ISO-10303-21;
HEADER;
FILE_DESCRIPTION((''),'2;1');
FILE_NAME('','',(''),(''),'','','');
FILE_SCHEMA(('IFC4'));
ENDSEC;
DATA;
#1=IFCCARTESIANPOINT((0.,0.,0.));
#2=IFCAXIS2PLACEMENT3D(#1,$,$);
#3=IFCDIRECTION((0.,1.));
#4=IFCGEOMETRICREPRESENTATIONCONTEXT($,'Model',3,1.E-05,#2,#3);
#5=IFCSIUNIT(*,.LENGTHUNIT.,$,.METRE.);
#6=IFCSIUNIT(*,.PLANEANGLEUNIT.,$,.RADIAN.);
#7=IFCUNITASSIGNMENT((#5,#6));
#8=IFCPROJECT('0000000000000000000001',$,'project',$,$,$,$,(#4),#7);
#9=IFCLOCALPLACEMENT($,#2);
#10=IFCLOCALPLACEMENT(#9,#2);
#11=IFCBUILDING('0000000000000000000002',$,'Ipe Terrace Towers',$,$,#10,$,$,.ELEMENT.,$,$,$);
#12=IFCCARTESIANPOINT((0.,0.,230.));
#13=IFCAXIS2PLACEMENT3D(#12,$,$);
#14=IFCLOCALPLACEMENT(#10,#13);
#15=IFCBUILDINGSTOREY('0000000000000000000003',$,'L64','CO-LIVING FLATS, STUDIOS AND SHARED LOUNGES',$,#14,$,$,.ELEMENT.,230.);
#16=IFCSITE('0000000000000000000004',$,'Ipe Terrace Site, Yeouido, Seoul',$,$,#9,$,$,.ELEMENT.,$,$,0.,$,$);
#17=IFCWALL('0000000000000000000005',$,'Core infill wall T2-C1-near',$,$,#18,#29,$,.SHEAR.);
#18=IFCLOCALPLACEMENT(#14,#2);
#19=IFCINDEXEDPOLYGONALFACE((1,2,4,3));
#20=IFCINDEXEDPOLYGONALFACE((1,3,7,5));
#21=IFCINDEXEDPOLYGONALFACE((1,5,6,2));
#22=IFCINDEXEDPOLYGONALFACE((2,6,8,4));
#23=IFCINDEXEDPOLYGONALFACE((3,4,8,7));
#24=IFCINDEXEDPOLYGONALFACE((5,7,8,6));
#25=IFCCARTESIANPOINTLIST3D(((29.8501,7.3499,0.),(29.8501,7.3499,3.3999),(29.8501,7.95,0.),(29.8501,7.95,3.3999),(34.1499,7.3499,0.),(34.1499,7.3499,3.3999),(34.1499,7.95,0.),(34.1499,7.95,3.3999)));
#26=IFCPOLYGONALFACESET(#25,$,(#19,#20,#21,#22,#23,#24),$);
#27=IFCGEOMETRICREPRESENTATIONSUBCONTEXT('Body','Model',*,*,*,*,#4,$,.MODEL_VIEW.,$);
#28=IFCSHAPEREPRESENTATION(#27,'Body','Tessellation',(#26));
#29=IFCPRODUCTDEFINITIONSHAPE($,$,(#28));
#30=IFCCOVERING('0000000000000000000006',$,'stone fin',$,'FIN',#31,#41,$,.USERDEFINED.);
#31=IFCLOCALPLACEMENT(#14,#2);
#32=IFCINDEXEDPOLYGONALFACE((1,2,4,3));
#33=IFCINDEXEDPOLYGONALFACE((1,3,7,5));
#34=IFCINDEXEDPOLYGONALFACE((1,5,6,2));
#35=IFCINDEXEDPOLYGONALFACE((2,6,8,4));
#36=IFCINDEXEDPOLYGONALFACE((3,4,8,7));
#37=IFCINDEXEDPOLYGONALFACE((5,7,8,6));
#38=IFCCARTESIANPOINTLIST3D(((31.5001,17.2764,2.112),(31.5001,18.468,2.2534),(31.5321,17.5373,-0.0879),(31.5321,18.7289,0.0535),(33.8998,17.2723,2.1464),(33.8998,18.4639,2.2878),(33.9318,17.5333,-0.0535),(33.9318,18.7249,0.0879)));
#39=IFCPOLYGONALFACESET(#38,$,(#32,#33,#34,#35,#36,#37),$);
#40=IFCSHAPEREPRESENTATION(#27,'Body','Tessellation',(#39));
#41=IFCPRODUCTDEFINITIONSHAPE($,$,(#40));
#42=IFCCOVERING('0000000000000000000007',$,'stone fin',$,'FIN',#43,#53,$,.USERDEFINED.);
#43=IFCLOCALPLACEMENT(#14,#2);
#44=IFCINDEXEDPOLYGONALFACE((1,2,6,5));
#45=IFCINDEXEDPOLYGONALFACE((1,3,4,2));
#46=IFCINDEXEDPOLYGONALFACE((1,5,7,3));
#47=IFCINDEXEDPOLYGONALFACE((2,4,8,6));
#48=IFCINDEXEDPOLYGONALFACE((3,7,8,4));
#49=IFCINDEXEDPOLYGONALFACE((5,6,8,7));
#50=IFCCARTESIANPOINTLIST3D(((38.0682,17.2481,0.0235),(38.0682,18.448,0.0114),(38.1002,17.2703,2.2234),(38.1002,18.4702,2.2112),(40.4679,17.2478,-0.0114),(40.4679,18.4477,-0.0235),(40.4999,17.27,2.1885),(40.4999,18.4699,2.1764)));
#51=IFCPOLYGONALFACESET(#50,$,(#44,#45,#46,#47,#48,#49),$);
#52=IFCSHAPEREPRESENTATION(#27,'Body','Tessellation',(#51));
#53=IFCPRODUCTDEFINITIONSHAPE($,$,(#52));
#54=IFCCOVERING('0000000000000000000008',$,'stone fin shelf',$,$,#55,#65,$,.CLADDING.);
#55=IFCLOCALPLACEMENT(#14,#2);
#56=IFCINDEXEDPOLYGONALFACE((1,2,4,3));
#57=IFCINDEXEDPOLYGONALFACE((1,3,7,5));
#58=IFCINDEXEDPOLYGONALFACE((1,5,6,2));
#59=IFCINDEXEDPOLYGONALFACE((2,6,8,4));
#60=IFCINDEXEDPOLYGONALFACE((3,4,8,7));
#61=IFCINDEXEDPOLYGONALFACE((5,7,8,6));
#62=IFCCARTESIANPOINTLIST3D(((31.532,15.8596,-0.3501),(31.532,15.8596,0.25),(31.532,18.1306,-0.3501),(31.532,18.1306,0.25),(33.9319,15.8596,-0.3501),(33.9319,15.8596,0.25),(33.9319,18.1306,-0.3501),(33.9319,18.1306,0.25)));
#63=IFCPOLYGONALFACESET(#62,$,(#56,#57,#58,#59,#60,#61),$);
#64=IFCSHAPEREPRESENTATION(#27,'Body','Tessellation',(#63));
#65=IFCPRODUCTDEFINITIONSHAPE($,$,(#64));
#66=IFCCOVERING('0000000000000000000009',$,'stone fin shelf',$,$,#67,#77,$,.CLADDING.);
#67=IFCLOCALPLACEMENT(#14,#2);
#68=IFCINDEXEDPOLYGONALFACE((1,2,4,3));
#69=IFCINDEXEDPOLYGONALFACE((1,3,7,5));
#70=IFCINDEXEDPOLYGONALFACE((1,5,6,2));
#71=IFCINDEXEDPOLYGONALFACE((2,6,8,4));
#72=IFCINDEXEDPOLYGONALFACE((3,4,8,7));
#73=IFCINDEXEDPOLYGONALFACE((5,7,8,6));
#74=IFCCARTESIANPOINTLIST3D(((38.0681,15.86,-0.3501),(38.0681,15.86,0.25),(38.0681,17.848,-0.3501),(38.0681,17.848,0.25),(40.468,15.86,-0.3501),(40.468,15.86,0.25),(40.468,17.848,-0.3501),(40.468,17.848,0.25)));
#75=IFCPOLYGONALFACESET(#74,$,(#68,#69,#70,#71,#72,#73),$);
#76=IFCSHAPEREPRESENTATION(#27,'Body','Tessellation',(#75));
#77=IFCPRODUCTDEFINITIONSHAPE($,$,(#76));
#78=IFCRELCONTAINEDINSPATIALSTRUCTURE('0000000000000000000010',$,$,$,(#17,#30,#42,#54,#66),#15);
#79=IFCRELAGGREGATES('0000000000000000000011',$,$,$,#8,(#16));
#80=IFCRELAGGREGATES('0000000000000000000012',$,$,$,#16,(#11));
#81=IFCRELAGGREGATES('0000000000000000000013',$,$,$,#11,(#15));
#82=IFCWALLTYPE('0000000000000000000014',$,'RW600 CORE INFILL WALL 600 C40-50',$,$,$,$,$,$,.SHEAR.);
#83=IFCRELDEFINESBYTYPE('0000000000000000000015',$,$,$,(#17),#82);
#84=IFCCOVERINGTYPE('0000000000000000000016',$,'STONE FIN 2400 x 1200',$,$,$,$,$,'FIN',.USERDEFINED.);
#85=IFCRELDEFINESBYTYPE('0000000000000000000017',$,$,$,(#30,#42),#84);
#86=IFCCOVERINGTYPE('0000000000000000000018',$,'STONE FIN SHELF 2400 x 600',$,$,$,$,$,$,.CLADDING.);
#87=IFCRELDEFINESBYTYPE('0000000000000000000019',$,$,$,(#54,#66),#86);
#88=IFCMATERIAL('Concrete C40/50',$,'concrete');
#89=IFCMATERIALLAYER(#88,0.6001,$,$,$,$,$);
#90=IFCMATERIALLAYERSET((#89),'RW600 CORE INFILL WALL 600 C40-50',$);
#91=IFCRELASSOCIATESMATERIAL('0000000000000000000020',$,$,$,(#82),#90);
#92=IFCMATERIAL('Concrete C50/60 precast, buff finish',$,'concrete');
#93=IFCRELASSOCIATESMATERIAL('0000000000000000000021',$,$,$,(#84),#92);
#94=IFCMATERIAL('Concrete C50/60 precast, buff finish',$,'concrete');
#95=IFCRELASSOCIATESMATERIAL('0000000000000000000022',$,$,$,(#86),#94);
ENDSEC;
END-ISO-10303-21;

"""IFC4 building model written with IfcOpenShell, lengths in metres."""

from ifc_helpers import new_model, si_unit, direction, frame, frame_2d, origin, origin_2d, place, context, subcontext, project, spatial, rectangle, extrude, material, layer, layer_set, material_profile, profile_set, type_object, element, save


model = new_model("IFC4")

# Units and contexts
model_context = context("Model", 3, precision=1e-05, world=origin(), true_north=direction((0.0, 1.0)))
body_context = subcontext(model_context, "Body", "Model", "MODEL_VIEW")
ifc_project = project(units=[si_unit("LENGTHUNIT", "METRE"), si_unit("PLANEANGLEUNIT", "RADIAN")], contexts=[model_context])

# Site, building, storey
site_placement = place(None, origin())
site = spatial("IfcSite", under=ifc_project, at=site_placement, Name="Ipe Terrace Site, Yeouido, Seoul", CompositionType="ELEMENT", RefElevation=0.0)
building_placement = place(site_placement, origin())
building = spatial("IfcBuilding", under=site, at=building_placement, Name="Ipe Terrace Towers", CompositionType="ELEMENT")
storey_placement = place(building_placement, frame((0.0, 0.0, 230.0)))
storey = spatial("IfcBuildingStorey", under=building, at=storey_placement, Name="L64", Description="CO-LIVING FLATS, STUDIOS AND SHARED LOUNGES", CompositionType="ELEMENT", Elevation=230.0)

# Wall
ifc_material_1 = material(Name="Concrete C40/50", Category="concrete")
ifc_layer_1 = layer(ifc_material_1, 0.6001)
ifc_layer_set_1 = layer_set([ifc_layer_1], Name="RW600 CORE INFILL WALL 600 C40-50")
wall_type_1 = type_object("IfcWallType", Name="RW600 CORE INFILL WALL 600 C40-50", PredefinedType="SHEAR", material=ifc_layer_set_1)
for number, where, z_axis, x_axis, name in (
    (1, (34.1499, 7.6499, 0.0), (0.0, 0.0, 1.0), (-1.0, 0.0, 0.0), "Core infill wall T2-C1-near"),
):
    element("IfcWall", number, at=place(storey_placement, frame(where, z_axis=z_axis, x_axis=x_axis)), inside=storey, type_object=wall_type_1, Name=name, PredefinedType="SHEAR", context=body_context, shape_type="SweptSolid", body=[
        extrude(rectangle(XDim=4.2998, YDim=0.6001, at=frame_2d((2.1499, 0.0))), origin(), (0.0, 0.0, 1.0), 3.3999),
    ])

# Coverings
ifc_material_2 = material(Name="Concrete C50/60 precast, buff finish", Category="concrete")
ifc_material_profile = material_profile(ifc_material_2, rectangle(XDim=2.3999, YDim=1.2, at=origin_2d()), Name="STONE FIN 2400 x 1200")
ifc_profile_set = profile_set([ifc_material_profile], Name="Concrete C50/60 precast, buff finish")
covering_type_1 = type_object("IfcCoveringType", Name="STONE FIN 2400 x 1200", ElementType="FIN", PredefinedType="USERDEFINED", material=ifc_profile_set)
covering_1_placement = place(storey_placement, frame((32.7319, 18.1311, 0.0), z_axis=(-0.014435, -0.117794, 0.992933), x_axis=(-0.999896, 0.001701, -0.014335)))
element("IfcCovering", 2, at=covering_1_placement, inside=storey, type_object=covering_type_1, Name="stone fin", ObjectType="FIN", PredefinedType="USERDEFINED", context=body_context, shape_type="SweptSolid", body=[
    extrude(rectangle(XDim=2.3999, YDim=1.2, at=origin_2d()), origin(), (0.0, 0.0, 1.0), 2.2156),
])
covering_2_placement = place(storey_placement, frame((39.2681, 17.8479, 0.0), z_axis=(0.014536, 0.010097, 0.999843), x_axis=(-0.999894, 0.000147, 0.014535)))
element("IfcCovering", 3, at=covering_2_placement, inside=storey, type_object=covering_type_1, Name="stone fin", ObjectType="FIN", PredefinedType="USERDEFINED", context=body_context, shape_type="SweptSolid", body=[
    extrude(rectangle(XDim=2.3999, YDim=1.2, at=origin_2d()), origin(), (0.0, 0.0, 1.0), 2.2002),
])
ifc_material_3 = material(Name="Concrete C50/60 precast, buff finish", Category="concrete")
covering_type_2 = type_object("IfcCoveringType", Name="STONE FIN SHELF 2400 x 600", PredefinedType="CLADDING", material=ifc_material_3)
covering_3_placement = place(storey_placement, frame((32.7319, 16.9951, -0.3501), z_axis=(0.0, 0.0, 1.0), x_axis=(-1.0, 0.0, 0.0)))
element("IfcCovering", 4, at=covering_3_placement, inside=storey, type_object=covering_type_2, Name="stone fin shelf", PredefinedType="CLADDING", context=body_context, shape_type="SweptSolid", body=[
    extrude(rectangle(XDim=2.3999, YDim=2.271, at=origin_2d()), origin(), (0.0, 0.0, 1.0), 0.6001),
])
covering_4_placement = place(storey_placement, frame((39.2681, 16.854, -0.3501), z_axis=(0.0, 0.0, 1.0), x_axis=(-1.0, 0.0, 0.0)))
element("IfcCovering", 5, at=covering_4_placement, inside=storey, type_object=covering_type_2, Name="stone fin shelf", PredefinedType="CLADDING", context=body_context, shape_type="SweptSolid", body=[
    extrude(rectangle(XDim=2.3999, YDim=1.988, at=origin_2d()), origin(), (0.0, 0.0, 1.0), 0.6001),
])

save(model, "model.ifc")
